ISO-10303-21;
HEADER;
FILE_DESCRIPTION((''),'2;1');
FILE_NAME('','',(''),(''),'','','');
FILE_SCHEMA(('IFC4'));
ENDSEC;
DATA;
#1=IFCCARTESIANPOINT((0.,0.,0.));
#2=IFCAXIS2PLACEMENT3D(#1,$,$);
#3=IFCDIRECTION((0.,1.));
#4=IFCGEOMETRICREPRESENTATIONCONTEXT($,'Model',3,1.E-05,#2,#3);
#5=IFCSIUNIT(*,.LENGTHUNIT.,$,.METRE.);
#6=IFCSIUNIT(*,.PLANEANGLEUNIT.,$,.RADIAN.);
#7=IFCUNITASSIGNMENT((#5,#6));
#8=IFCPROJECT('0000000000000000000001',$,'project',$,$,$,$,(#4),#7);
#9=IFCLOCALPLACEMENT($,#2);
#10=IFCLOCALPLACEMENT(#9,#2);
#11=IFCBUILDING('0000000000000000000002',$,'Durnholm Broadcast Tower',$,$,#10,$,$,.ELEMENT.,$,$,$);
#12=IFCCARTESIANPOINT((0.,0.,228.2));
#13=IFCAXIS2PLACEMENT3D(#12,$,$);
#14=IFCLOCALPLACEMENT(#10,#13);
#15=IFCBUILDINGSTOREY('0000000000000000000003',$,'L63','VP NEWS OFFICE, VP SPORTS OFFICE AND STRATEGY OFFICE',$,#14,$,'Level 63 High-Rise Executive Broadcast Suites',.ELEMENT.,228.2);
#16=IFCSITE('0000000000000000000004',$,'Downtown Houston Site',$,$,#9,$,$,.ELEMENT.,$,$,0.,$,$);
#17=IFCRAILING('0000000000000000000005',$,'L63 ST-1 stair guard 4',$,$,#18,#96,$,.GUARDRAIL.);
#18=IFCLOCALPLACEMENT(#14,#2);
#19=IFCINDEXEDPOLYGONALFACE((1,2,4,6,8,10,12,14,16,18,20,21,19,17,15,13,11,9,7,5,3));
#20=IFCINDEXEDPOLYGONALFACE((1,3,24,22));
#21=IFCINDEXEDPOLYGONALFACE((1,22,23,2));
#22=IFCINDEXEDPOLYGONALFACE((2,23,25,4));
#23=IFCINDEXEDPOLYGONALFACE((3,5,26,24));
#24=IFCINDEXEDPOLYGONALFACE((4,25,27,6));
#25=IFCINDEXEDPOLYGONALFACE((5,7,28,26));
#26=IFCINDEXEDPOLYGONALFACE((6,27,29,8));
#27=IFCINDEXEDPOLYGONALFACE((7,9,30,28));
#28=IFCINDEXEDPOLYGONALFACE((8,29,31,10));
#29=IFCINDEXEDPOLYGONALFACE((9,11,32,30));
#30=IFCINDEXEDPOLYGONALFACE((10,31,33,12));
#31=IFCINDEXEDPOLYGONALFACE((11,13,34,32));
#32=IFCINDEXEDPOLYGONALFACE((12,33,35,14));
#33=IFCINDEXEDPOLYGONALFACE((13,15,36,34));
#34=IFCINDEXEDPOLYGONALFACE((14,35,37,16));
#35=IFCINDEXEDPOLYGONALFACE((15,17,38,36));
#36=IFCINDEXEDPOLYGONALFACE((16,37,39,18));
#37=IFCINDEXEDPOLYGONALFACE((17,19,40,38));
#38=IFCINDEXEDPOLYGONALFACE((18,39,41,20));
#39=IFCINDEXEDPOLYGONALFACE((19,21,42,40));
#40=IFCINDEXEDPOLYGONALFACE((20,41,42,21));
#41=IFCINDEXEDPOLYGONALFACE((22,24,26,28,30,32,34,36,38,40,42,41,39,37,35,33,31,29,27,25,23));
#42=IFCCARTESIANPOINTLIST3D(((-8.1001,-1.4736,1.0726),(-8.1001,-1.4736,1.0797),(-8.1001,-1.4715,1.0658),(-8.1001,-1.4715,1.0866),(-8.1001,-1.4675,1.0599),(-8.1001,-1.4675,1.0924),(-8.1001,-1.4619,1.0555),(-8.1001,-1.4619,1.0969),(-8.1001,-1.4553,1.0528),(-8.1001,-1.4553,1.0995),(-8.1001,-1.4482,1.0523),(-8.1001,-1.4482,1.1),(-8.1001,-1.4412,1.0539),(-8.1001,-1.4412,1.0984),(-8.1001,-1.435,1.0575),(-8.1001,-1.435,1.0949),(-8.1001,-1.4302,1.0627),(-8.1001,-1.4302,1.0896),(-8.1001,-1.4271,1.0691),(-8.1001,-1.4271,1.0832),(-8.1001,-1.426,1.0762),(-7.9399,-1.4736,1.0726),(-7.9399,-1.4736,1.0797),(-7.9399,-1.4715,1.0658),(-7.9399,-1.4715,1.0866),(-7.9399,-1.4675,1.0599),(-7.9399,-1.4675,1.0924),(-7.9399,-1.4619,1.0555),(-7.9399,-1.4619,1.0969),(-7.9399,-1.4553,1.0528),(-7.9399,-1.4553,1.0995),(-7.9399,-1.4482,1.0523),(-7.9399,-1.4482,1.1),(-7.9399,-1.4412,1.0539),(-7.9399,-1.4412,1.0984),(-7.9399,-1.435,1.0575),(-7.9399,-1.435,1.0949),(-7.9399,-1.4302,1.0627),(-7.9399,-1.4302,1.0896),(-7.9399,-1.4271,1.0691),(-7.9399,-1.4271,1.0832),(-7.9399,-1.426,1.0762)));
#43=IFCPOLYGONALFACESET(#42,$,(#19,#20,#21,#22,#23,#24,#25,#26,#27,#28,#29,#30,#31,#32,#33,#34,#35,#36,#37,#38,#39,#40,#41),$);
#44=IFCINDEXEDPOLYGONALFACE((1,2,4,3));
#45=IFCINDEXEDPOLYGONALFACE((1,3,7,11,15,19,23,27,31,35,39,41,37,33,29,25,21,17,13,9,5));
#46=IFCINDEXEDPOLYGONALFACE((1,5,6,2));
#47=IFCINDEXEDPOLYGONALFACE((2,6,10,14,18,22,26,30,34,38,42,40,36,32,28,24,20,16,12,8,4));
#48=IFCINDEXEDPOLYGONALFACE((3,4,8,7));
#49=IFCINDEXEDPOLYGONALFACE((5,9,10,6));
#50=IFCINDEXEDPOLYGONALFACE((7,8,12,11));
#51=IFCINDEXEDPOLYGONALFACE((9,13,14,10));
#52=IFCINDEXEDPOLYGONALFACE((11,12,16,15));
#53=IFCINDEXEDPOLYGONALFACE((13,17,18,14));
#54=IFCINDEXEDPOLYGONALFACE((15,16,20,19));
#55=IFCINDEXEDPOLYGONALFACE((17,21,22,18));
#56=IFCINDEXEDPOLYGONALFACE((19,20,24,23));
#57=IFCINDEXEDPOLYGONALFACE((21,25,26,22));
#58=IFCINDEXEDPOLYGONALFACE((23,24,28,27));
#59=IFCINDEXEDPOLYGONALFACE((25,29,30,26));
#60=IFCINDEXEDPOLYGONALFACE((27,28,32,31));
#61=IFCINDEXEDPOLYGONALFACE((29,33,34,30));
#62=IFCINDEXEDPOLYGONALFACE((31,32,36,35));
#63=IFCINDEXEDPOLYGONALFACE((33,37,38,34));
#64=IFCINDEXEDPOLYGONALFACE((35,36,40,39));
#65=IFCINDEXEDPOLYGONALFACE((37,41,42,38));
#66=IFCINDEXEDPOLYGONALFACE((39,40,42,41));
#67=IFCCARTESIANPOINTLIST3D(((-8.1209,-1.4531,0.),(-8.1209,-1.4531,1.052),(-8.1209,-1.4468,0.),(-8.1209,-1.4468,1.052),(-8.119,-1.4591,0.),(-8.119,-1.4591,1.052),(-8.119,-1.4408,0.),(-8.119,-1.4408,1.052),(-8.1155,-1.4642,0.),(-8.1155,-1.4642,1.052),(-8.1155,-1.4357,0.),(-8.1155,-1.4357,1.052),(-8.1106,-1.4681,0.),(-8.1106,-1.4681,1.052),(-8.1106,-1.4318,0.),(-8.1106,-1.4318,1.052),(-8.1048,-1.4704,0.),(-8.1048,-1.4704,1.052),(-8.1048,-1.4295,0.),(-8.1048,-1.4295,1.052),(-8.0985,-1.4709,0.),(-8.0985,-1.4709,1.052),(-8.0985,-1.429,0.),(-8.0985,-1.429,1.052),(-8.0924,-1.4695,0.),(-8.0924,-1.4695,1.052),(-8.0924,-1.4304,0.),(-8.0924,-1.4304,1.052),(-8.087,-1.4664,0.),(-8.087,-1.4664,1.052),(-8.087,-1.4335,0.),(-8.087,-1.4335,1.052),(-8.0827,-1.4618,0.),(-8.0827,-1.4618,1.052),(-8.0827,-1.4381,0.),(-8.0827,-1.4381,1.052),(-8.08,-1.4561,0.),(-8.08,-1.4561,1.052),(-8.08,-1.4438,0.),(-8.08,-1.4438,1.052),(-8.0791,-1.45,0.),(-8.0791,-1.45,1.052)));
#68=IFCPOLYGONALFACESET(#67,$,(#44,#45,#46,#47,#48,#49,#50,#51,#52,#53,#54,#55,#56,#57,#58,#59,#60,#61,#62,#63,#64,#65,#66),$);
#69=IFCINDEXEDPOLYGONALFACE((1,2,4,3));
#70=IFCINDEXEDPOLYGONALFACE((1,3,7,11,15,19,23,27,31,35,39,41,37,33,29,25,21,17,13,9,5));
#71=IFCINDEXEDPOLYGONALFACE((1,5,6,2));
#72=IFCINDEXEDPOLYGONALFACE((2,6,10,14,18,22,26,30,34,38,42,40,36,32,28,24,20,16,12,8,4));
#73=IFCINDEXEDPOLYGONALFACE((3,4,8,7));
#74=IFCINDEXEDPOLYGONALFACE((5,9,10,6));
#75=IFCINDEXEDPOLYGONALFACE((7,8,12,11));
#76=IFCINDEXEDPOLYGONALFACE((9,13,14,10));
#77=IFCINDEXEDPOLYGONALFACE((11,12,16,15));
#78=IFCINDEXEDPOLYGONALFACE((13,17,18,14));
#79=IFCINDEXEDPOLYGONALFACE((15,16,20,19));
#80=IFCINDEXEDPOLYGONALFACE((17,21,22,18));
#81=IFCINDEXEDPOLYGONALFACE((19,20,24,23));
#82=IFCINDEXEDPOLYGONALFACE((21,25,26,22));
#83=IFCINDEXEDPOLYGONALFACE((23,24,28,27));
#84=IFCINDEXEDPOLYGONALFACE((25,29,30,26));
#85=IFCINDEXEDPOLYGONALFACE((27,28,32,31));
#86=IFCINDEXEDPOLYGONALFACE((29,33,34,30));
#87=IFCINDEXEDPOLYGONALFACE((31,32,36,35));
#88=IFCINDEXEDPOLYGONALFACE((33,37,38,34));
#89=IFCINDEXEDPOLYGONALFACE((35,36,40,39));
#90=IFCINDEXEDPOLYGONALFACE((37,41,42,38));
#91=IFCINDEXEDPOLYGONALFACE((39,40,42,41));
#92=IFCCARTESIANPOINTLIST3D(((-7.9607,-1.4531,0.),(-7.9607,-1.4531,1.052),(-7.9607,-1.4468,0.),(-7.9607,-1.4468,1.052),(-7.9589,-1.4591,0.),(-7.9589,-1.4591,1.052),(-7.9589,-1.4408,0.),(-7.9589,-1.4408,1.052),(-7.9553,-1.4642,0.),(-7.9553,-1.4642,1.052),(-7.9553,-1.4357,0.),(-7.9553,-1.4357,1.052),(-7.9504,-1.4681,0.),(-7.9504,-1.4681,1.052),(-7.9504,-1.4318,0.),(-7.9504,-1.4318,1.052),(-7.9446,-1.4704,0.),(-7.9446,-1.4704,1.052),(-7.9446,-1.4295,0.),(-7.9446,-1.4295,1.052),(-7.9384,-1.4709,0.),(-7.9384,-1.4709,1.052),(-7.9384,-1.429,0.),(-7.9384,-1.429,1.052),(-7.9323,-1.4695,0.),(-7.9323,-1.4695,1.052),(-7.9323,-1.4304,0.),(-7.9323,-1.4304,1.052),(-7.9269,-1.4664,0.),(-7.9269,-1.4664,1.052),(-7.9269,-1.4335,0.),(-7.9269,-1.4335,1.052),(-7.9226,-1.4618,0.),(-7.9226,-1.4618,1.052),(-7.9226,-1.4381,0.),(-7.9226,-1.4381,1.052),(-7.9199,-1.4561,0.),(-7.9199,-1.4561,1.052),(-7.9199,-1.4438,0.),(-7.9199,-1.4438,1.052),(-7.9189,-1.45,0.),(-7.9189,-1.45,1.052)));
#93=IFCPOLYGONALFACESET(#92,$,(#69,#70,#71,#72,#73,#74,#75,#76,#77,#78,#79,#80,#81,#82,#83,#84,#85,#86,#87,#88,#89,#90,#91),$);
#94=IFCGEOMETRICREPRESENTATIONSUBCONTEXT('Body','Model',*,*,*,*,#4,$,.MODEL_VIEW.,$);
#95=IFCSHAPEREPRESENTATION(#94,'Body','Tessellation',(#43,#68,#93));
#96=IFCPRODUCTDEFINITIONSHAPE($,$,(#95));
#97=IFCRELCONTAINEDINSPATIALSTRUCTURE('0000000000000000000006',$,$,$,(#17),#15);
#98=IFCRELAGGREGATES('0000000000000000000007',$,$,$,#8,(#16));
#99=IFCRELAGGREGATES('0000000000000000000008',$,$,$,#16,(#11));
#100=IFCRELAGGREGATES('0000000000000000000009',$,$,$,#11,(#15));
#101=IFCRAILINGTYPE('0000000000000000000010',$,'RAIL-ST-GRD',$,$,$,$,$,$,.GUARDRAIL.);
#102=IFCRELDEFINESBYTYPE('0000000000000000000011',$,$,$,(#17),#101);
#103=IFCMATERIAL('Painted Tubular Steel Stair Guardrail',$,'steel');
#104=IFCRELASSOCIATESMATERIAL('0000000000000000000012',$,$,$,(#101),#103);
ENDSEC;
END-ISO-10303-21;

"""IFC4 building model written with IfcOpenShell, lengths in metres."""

from ifc_helpers import new_model, si_unit, direction, frame, origin, origin_2d, place, context, subcontext, project, spatial, circle, extrude, material, type_object, element, save


model = new_model("IFC4")

# Units and contexts
model_context = context("Model", 3, precision=1e-05, world=origin(), true_north=direction((0.0, 1.0)))
body_context = subcontext(model_context, "Body", "Model", "MODEL_VIEW")
ifc_project = project(units=[si_unit("LENGTHUNIT", "METRE"), si_unit("PLANEANGLEUNIT", "RADIAN")], contexts=[model_context])

# Site, building, storey
site_placement = place(None, origin())
site = spatial("IfcSite", under=ifc_project, at=site_placement, Name="Downtown Houston Site", CompositionType="ELEMENT", RefElevation=0.0)
building_placement = place(site_placement, origin())
building = spatial("IfcBuilding", under=site, at=building_placement, Name="Durnholm Broadcast Tower", CompositionType="ELEMENT")
storey_placement = place(building_placement, frame((0.0, 0.0, 228.2)))
storey = spatial("IfcBuildingStorey", under=building, at=storey_placement, Name="L63", Description="VP NEWS OFFICE, VP SPORTS OFFICE AND STRATEGY OFFICE", LongName="Level 63 High-Rise Executive Broadcast Suites", CompositionType="ELEMENT", Elevation=228.2)

# Railing
ifc_material_1 = material(Name="Painted Tubular Steel Stair Guardrail", Category="steel")
railing_type_1 = type_object("IfcRailingType", Name="RAIL-ST-GRD", PredefinedType="GUARDRAIL", material=ifc_material_1)
railing_1_placement = place(storey_placement, frame((-8.1001, -1.45, 0.0)))
element("IfcRailing", 1, at=railing_1_placement, inside=storey, type_object=railing_type_1, Name="L63 ST-1 stair guard 4", PredefinedType="GUARDRAIL", context=body_context, shape_type="SweptSolid", body=[
    extrude(circle(Radius=0.0239, at=origin_2d()), frame((0.0, 0.0, 1.0762), z_axis=(1.0, 0.0, 0.0), x_axis=(0.0, 1.0, 0.0)), (0.0, 0.0, 1.0), 0.1602),
    extrude(circle(Radius=0.021, at=origin_2d()), origin(), (0.0, 0.0, 1.0), 1.052),
    extrude(circle(Radius=0.021, at=origin_2d()), frame((0.1602, 0.0, 0.0)), (0.0, 0.0, 1.0), 1.052),
])

save(model, "model.ifc")
